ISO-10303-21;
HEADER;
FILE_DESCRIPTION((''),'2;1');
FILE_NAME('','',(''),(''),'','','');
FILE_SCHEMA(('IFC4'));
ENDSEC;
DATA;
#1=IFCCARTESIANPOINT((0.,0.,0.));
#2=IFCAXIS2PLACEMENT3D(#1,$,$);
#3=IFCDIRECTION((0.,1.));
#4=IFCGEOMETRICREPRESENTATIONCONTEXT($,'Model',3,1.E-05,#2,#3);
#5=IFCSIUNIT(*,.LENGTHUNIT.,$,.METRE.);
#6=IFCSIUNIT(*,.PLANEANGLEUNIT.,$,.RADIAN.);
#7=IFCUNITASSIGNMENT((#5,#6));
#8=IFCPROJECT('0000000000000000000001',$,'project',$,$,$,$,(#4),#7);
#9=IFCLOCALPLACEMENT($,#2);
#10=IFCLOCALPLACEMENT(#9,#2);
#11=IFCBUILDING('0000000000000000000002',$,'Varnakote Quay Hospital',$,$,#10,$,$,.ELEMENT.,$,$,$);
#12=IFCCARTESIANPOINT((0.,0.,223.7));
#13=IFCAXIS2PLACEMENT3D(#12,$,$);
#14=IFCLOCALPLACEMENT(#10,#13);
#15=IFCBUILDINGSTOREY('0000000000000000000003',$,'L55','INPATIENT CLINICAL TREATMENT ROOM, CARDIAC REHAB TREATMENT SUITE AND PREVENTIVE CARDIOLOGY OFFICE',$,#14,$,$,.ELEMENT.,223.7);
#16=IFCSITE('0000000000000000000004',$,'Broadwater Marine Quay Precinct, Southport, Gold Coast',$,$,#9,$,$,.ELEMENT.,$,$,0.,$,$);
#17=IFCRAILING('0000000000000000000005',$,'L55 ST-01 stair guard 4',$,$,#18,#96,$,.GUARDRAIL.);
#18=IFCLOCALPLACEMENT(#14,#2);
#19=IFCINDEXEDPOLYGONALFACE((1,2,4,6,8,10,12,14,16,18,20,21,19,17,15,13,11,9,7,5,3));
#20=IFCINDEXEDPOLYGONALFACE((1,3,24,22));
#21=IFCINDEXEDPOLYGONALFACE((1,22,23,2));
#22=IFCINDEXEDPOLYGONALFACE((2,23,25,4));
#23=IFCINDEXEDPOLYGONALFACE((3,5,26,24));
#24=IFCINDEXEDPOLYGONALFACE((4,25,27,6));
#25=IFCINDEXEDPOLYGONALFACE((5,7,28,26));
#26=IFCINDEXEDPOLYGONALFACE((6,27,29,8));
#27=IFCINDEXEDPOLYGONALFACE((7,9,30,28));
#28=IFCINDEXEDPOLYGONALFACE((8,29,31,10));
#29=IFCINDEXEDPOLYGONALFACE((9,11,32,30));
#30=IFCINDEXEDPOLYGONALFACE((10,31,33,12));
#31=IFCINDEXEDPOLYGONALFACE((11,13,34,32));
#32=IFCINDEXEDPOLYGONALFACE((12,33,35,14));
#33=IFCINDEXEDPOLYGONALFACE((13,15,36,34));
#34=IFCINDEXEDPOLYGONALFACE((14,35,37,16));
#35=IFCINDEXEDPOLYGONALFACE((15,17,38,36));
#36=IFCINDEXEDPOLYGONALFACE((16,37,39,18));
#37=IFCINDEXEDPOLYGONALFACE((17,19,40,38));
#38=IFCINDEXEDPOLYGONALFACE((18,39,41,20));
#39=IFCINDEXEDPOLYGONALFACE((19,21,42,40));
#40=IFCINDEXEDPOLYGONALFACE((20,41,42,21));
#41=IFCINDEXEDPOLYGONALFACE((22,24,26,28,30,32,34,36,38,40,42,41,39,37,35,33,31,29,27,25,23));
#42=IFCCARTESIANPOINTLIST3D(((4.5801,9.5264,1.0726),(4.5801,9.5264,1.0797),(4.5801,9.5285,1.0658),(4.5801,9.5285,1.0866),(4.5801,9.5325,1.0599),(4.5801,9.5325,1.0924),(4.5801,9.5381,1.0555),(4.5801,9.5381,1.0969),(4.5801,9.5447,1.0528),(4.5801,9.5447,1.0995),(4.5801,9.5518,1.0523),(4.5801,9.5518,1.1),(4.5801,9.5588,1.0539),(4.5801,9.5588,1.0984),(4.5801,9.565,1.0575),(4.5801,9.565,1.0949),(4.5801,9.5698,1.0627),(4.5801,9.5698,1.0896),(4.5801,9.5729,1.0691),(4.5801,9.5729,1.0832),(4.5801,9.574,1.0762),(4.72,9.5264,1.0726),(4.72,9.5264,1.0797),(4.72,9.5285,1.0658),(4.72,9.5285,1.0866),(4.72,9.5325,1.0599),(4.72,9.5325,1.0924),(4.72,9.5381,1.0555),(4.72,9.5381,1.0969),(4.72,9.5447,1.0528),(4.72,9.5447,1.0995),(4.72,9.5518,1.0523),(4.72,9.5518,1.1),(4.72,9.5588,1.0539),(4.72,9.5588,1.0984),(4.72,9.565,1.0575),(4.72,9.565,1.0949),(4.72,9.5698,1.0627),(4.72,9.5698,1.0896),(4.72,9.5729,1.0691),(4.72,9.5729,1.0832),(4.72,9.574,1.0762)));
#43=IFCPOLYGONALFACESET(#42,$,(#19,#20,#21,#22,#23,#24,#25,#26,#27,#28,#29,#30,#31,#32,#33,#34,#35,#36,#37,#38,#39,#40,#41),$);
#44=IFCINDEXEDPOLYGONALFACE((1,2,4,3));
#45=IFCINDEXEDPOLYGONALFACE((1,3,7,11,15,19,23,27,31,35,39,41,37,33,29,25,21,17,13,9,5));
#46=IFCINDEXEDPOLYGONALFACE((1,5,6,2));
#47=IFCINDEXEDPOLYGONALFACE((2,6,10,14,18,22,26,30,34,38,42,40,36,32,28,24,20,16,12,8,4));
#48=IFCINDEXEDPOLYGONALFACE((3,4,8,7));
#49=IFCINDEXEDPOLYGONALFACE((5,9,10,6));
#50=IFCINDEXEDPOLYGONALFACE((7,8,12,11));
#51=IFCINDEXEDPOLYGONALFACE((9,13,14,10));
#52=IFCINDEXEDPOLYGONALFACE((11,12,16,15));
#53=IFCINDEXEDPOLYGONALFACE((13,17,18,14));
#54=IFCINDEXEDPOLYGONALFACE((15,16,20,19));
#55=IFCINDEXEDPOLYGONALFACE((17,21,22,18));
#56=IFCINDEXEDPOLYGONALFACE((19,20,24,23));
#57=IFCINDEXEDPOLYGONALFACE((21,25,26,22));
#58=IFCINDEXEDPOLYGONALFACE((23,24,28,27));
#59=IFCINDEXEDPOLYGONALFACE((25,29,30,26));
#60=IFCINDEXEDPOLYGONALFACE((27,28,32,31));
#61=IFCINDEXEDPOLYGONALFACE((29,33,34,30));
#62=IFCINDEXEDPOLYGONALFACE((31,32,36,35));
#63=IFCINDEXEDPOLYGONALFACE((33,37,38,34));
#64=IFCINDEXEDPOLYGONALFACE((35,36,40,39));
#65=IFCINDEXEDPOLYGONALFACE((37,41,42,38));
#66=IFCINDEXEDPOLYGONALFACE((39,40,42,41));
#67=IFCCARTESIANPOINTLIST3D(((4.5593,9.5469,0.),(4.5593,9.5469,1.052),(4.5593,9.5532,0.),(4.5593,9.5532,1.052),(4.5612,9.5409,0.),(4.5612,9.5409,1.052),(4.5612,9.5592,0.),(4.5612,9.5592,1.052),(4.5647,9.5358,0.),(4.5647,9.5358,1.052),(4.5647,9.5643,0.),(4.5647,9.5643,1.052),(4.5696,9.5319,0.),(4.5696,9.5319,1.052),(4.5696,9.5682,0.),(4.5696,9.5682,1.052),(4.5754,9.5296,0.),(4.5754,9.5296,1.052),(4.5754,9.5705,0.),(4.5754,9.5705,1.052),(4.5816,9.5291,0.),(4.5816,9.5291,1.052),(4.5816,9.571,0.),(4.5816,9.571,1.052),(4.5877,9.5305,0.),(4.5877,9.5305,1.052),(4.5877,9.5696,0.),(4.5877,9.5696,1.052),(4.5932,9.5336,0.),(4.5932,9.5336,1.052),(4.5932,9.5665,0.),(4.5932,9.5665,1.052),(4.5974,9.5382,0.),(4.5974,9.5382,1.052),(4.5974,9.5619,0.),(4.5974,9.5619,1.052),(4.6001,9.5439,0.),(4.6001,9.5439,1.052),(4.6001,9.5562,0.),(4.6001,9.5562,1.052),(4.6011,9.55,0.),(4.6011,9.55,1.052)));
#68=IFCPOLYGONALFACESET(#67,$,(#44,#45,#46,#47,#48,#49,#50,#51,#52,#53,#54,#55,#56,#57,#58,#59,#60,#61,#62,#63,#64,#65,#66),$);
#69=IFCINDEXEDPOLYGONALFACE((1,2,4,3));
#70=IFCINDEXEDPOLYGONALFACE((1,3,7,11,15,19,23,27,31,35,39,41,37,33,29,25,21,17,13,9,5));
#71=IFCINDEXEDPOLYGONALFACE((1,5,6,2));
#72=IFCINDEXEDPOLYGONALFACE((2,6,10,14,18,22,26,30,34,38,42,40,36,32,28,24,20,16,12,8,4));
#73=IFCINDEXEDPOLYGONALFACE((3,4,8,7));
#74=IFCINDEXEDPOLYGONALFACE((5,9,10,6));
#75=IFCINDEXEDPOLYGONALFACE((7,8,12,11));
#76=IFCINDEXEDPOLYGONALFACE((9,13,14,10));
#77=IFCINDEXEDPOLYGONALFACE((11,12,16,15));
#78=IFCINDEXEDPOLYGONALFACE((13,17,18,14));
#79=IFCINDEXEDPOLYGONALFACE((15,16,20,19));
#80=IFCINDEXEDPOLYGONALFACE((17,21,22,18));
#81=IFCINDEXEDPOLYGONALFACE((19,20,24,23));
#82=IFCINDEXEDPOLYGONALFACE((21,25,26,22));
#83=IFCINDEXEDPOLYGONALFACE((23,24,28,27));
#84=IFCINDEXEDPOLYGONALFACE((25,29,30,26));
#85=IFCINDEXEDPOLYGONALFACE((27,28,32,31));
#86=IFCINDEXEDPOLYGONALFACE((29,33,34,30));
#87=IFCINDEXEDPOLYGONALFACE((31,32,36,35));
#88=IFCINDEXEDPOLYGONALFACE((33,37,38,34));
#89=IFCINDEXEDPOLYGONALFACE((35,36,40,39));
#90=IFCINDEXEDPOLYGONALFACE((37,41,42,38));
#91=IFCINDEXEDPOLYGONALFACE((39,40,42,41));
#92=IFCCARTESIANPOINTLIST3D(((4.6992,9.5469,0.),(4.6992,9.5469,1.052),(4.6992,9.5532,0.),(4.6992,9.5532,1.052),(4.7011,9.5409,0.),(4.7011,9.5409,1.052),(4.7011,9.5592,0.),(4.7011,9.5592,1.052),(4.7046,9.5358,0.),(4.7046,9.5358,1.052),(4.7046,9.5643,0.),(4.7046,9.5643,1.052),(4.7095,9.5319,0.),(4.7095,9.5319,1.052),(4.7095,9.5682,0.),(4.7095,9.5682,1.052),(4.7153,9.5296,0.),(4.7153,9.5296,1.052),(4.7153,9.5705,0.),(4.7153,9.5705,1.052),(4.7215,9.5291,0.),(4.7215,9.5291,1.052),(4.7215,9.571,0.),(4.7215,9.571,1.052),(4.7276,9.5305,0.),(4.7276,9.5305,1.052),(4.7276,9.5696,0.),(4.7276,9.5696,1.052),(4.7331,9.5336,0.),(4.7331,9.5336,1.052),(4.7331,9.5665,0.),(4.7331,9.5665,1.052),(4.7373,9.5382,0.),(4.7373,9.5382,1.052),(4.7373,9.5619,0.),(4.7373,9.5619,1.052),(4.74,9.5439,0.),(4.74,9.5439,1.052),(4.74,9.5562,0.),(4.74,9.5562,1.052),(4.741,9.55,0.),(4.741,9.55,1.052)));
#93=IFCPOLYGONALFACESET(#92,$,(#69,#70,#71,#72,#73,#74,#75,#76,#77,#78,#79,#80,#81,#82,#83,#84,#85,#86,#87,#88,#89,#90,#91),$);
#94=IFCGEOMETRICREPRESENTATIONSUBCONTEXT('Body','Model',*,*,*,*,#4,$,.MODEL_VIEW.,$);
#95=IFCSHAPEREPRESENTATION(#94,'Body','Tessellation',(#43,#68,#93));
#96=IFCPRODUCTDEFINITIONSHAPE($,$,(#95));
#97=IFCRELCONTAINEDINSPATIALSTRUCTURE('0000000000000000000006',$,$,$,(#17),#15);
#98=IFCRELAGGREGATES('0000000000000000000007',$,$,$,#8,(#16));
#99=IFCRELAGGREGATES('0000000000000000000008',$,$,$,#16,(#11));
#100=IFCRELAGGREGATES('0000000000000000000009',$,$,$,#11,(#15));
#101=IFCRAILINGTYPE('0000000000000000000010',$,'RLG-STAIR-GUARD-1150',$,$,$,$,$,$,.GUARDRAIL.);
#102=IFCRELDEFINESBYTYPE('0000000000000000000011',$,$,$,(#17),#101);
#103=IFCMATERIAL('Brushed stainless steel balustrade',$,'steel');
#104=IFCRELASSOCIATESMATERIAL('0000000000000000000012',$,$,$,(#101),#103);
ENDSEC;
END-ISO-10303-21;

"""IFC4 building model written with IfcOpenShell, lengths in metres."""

from ifc_helpers import new_model, si_unit, direction, frame, origin, origin_2d, place, context, subcontext, project, spatial, circle, extrude, material, type_object, element, save


model = new_model("IFC4")

# Units and contexts
model_context = context("Model", 3, precision=1e-05, world=origin(), true_north=direction((0.0, 1.0)))
body_context = subcontext(model_context, "Body", "Model", "MODEL_VIEW")
ifc_project = project(units=[si_unit("LENGTHUNIT", "METRE"), si_unit("PLANEANGLEUNIT", "RADIAN")], contexts=[model_context])

# Site, building, storey
site_placement = place(None, origin())
site = spatial("IfcSite", under=ifc_project, at=site_placement, Name="Broadwater Marine Quay Precinct, Southport, Gold Coast", CompositionType="ELEMENT", RefElevation=0.0)
building_placement = place(site_placement, origin())
building = spatial("IfcBuilding", under=site, at=building_placement, Name="Varnakote Quay Hospital", CompositionType="ELEMENT")
storey_placement = place(building_placement, frame((0.0, 0.0, 223.7)))
storey = spatial("IfcBuildingStorey", under=building, at=storey_placement, Name="L55", Description="INPATIENT CLINICAL TREATMENT ROOM, CARDIAC REHAB TREATMENT SUITE AND PREVENTIVE CARDIOLOGY OFFICE", CompositionType="ELEMENT", Elevation=223.7)

# Railing
ifc_material_1 = material(Name="Brushed stainless steel balustrade", Category="steel")
railing_type_1 = type_object("IfcRailingType", Name="RLG-STAIR-GUARD-1150", PredefinedType="GUARDRAIL", material=ifc_material_1)
railing_1_placement = place(storey_placement, frame((4.5801, 9.55, 0.0)))
element("IfcRailing", 1, at=railing_1_placement, inside=storey, type_object=railing_type_1, Name="L55 ST-01 stair guard 4", PredefinedType="GUARDRAIL", context=body_context, shape_type="SweptSolid", body=[
    extrude(circle(Radius=0.0239, at=origin_2d()), frame((0.0, 0.0, 1.0762), z_axis=(1.0, 0.0, 0.0), x_axis=(0.0, 1.0, 0.0)), (0.0, 0.0, 1.0), 0.1399),
    extrude(circle(Radius=0.021, at=origin_2d()), origin(), (0.0, 0.0, 1.0), 1.052),
    extrude(circle(Radius=0.021, at=origin_2d()), frame((0.1399, 0.0, 0.0)), (0.0, 0.0, 1.0), 1.052),
])

save(model, "model.ifc")
